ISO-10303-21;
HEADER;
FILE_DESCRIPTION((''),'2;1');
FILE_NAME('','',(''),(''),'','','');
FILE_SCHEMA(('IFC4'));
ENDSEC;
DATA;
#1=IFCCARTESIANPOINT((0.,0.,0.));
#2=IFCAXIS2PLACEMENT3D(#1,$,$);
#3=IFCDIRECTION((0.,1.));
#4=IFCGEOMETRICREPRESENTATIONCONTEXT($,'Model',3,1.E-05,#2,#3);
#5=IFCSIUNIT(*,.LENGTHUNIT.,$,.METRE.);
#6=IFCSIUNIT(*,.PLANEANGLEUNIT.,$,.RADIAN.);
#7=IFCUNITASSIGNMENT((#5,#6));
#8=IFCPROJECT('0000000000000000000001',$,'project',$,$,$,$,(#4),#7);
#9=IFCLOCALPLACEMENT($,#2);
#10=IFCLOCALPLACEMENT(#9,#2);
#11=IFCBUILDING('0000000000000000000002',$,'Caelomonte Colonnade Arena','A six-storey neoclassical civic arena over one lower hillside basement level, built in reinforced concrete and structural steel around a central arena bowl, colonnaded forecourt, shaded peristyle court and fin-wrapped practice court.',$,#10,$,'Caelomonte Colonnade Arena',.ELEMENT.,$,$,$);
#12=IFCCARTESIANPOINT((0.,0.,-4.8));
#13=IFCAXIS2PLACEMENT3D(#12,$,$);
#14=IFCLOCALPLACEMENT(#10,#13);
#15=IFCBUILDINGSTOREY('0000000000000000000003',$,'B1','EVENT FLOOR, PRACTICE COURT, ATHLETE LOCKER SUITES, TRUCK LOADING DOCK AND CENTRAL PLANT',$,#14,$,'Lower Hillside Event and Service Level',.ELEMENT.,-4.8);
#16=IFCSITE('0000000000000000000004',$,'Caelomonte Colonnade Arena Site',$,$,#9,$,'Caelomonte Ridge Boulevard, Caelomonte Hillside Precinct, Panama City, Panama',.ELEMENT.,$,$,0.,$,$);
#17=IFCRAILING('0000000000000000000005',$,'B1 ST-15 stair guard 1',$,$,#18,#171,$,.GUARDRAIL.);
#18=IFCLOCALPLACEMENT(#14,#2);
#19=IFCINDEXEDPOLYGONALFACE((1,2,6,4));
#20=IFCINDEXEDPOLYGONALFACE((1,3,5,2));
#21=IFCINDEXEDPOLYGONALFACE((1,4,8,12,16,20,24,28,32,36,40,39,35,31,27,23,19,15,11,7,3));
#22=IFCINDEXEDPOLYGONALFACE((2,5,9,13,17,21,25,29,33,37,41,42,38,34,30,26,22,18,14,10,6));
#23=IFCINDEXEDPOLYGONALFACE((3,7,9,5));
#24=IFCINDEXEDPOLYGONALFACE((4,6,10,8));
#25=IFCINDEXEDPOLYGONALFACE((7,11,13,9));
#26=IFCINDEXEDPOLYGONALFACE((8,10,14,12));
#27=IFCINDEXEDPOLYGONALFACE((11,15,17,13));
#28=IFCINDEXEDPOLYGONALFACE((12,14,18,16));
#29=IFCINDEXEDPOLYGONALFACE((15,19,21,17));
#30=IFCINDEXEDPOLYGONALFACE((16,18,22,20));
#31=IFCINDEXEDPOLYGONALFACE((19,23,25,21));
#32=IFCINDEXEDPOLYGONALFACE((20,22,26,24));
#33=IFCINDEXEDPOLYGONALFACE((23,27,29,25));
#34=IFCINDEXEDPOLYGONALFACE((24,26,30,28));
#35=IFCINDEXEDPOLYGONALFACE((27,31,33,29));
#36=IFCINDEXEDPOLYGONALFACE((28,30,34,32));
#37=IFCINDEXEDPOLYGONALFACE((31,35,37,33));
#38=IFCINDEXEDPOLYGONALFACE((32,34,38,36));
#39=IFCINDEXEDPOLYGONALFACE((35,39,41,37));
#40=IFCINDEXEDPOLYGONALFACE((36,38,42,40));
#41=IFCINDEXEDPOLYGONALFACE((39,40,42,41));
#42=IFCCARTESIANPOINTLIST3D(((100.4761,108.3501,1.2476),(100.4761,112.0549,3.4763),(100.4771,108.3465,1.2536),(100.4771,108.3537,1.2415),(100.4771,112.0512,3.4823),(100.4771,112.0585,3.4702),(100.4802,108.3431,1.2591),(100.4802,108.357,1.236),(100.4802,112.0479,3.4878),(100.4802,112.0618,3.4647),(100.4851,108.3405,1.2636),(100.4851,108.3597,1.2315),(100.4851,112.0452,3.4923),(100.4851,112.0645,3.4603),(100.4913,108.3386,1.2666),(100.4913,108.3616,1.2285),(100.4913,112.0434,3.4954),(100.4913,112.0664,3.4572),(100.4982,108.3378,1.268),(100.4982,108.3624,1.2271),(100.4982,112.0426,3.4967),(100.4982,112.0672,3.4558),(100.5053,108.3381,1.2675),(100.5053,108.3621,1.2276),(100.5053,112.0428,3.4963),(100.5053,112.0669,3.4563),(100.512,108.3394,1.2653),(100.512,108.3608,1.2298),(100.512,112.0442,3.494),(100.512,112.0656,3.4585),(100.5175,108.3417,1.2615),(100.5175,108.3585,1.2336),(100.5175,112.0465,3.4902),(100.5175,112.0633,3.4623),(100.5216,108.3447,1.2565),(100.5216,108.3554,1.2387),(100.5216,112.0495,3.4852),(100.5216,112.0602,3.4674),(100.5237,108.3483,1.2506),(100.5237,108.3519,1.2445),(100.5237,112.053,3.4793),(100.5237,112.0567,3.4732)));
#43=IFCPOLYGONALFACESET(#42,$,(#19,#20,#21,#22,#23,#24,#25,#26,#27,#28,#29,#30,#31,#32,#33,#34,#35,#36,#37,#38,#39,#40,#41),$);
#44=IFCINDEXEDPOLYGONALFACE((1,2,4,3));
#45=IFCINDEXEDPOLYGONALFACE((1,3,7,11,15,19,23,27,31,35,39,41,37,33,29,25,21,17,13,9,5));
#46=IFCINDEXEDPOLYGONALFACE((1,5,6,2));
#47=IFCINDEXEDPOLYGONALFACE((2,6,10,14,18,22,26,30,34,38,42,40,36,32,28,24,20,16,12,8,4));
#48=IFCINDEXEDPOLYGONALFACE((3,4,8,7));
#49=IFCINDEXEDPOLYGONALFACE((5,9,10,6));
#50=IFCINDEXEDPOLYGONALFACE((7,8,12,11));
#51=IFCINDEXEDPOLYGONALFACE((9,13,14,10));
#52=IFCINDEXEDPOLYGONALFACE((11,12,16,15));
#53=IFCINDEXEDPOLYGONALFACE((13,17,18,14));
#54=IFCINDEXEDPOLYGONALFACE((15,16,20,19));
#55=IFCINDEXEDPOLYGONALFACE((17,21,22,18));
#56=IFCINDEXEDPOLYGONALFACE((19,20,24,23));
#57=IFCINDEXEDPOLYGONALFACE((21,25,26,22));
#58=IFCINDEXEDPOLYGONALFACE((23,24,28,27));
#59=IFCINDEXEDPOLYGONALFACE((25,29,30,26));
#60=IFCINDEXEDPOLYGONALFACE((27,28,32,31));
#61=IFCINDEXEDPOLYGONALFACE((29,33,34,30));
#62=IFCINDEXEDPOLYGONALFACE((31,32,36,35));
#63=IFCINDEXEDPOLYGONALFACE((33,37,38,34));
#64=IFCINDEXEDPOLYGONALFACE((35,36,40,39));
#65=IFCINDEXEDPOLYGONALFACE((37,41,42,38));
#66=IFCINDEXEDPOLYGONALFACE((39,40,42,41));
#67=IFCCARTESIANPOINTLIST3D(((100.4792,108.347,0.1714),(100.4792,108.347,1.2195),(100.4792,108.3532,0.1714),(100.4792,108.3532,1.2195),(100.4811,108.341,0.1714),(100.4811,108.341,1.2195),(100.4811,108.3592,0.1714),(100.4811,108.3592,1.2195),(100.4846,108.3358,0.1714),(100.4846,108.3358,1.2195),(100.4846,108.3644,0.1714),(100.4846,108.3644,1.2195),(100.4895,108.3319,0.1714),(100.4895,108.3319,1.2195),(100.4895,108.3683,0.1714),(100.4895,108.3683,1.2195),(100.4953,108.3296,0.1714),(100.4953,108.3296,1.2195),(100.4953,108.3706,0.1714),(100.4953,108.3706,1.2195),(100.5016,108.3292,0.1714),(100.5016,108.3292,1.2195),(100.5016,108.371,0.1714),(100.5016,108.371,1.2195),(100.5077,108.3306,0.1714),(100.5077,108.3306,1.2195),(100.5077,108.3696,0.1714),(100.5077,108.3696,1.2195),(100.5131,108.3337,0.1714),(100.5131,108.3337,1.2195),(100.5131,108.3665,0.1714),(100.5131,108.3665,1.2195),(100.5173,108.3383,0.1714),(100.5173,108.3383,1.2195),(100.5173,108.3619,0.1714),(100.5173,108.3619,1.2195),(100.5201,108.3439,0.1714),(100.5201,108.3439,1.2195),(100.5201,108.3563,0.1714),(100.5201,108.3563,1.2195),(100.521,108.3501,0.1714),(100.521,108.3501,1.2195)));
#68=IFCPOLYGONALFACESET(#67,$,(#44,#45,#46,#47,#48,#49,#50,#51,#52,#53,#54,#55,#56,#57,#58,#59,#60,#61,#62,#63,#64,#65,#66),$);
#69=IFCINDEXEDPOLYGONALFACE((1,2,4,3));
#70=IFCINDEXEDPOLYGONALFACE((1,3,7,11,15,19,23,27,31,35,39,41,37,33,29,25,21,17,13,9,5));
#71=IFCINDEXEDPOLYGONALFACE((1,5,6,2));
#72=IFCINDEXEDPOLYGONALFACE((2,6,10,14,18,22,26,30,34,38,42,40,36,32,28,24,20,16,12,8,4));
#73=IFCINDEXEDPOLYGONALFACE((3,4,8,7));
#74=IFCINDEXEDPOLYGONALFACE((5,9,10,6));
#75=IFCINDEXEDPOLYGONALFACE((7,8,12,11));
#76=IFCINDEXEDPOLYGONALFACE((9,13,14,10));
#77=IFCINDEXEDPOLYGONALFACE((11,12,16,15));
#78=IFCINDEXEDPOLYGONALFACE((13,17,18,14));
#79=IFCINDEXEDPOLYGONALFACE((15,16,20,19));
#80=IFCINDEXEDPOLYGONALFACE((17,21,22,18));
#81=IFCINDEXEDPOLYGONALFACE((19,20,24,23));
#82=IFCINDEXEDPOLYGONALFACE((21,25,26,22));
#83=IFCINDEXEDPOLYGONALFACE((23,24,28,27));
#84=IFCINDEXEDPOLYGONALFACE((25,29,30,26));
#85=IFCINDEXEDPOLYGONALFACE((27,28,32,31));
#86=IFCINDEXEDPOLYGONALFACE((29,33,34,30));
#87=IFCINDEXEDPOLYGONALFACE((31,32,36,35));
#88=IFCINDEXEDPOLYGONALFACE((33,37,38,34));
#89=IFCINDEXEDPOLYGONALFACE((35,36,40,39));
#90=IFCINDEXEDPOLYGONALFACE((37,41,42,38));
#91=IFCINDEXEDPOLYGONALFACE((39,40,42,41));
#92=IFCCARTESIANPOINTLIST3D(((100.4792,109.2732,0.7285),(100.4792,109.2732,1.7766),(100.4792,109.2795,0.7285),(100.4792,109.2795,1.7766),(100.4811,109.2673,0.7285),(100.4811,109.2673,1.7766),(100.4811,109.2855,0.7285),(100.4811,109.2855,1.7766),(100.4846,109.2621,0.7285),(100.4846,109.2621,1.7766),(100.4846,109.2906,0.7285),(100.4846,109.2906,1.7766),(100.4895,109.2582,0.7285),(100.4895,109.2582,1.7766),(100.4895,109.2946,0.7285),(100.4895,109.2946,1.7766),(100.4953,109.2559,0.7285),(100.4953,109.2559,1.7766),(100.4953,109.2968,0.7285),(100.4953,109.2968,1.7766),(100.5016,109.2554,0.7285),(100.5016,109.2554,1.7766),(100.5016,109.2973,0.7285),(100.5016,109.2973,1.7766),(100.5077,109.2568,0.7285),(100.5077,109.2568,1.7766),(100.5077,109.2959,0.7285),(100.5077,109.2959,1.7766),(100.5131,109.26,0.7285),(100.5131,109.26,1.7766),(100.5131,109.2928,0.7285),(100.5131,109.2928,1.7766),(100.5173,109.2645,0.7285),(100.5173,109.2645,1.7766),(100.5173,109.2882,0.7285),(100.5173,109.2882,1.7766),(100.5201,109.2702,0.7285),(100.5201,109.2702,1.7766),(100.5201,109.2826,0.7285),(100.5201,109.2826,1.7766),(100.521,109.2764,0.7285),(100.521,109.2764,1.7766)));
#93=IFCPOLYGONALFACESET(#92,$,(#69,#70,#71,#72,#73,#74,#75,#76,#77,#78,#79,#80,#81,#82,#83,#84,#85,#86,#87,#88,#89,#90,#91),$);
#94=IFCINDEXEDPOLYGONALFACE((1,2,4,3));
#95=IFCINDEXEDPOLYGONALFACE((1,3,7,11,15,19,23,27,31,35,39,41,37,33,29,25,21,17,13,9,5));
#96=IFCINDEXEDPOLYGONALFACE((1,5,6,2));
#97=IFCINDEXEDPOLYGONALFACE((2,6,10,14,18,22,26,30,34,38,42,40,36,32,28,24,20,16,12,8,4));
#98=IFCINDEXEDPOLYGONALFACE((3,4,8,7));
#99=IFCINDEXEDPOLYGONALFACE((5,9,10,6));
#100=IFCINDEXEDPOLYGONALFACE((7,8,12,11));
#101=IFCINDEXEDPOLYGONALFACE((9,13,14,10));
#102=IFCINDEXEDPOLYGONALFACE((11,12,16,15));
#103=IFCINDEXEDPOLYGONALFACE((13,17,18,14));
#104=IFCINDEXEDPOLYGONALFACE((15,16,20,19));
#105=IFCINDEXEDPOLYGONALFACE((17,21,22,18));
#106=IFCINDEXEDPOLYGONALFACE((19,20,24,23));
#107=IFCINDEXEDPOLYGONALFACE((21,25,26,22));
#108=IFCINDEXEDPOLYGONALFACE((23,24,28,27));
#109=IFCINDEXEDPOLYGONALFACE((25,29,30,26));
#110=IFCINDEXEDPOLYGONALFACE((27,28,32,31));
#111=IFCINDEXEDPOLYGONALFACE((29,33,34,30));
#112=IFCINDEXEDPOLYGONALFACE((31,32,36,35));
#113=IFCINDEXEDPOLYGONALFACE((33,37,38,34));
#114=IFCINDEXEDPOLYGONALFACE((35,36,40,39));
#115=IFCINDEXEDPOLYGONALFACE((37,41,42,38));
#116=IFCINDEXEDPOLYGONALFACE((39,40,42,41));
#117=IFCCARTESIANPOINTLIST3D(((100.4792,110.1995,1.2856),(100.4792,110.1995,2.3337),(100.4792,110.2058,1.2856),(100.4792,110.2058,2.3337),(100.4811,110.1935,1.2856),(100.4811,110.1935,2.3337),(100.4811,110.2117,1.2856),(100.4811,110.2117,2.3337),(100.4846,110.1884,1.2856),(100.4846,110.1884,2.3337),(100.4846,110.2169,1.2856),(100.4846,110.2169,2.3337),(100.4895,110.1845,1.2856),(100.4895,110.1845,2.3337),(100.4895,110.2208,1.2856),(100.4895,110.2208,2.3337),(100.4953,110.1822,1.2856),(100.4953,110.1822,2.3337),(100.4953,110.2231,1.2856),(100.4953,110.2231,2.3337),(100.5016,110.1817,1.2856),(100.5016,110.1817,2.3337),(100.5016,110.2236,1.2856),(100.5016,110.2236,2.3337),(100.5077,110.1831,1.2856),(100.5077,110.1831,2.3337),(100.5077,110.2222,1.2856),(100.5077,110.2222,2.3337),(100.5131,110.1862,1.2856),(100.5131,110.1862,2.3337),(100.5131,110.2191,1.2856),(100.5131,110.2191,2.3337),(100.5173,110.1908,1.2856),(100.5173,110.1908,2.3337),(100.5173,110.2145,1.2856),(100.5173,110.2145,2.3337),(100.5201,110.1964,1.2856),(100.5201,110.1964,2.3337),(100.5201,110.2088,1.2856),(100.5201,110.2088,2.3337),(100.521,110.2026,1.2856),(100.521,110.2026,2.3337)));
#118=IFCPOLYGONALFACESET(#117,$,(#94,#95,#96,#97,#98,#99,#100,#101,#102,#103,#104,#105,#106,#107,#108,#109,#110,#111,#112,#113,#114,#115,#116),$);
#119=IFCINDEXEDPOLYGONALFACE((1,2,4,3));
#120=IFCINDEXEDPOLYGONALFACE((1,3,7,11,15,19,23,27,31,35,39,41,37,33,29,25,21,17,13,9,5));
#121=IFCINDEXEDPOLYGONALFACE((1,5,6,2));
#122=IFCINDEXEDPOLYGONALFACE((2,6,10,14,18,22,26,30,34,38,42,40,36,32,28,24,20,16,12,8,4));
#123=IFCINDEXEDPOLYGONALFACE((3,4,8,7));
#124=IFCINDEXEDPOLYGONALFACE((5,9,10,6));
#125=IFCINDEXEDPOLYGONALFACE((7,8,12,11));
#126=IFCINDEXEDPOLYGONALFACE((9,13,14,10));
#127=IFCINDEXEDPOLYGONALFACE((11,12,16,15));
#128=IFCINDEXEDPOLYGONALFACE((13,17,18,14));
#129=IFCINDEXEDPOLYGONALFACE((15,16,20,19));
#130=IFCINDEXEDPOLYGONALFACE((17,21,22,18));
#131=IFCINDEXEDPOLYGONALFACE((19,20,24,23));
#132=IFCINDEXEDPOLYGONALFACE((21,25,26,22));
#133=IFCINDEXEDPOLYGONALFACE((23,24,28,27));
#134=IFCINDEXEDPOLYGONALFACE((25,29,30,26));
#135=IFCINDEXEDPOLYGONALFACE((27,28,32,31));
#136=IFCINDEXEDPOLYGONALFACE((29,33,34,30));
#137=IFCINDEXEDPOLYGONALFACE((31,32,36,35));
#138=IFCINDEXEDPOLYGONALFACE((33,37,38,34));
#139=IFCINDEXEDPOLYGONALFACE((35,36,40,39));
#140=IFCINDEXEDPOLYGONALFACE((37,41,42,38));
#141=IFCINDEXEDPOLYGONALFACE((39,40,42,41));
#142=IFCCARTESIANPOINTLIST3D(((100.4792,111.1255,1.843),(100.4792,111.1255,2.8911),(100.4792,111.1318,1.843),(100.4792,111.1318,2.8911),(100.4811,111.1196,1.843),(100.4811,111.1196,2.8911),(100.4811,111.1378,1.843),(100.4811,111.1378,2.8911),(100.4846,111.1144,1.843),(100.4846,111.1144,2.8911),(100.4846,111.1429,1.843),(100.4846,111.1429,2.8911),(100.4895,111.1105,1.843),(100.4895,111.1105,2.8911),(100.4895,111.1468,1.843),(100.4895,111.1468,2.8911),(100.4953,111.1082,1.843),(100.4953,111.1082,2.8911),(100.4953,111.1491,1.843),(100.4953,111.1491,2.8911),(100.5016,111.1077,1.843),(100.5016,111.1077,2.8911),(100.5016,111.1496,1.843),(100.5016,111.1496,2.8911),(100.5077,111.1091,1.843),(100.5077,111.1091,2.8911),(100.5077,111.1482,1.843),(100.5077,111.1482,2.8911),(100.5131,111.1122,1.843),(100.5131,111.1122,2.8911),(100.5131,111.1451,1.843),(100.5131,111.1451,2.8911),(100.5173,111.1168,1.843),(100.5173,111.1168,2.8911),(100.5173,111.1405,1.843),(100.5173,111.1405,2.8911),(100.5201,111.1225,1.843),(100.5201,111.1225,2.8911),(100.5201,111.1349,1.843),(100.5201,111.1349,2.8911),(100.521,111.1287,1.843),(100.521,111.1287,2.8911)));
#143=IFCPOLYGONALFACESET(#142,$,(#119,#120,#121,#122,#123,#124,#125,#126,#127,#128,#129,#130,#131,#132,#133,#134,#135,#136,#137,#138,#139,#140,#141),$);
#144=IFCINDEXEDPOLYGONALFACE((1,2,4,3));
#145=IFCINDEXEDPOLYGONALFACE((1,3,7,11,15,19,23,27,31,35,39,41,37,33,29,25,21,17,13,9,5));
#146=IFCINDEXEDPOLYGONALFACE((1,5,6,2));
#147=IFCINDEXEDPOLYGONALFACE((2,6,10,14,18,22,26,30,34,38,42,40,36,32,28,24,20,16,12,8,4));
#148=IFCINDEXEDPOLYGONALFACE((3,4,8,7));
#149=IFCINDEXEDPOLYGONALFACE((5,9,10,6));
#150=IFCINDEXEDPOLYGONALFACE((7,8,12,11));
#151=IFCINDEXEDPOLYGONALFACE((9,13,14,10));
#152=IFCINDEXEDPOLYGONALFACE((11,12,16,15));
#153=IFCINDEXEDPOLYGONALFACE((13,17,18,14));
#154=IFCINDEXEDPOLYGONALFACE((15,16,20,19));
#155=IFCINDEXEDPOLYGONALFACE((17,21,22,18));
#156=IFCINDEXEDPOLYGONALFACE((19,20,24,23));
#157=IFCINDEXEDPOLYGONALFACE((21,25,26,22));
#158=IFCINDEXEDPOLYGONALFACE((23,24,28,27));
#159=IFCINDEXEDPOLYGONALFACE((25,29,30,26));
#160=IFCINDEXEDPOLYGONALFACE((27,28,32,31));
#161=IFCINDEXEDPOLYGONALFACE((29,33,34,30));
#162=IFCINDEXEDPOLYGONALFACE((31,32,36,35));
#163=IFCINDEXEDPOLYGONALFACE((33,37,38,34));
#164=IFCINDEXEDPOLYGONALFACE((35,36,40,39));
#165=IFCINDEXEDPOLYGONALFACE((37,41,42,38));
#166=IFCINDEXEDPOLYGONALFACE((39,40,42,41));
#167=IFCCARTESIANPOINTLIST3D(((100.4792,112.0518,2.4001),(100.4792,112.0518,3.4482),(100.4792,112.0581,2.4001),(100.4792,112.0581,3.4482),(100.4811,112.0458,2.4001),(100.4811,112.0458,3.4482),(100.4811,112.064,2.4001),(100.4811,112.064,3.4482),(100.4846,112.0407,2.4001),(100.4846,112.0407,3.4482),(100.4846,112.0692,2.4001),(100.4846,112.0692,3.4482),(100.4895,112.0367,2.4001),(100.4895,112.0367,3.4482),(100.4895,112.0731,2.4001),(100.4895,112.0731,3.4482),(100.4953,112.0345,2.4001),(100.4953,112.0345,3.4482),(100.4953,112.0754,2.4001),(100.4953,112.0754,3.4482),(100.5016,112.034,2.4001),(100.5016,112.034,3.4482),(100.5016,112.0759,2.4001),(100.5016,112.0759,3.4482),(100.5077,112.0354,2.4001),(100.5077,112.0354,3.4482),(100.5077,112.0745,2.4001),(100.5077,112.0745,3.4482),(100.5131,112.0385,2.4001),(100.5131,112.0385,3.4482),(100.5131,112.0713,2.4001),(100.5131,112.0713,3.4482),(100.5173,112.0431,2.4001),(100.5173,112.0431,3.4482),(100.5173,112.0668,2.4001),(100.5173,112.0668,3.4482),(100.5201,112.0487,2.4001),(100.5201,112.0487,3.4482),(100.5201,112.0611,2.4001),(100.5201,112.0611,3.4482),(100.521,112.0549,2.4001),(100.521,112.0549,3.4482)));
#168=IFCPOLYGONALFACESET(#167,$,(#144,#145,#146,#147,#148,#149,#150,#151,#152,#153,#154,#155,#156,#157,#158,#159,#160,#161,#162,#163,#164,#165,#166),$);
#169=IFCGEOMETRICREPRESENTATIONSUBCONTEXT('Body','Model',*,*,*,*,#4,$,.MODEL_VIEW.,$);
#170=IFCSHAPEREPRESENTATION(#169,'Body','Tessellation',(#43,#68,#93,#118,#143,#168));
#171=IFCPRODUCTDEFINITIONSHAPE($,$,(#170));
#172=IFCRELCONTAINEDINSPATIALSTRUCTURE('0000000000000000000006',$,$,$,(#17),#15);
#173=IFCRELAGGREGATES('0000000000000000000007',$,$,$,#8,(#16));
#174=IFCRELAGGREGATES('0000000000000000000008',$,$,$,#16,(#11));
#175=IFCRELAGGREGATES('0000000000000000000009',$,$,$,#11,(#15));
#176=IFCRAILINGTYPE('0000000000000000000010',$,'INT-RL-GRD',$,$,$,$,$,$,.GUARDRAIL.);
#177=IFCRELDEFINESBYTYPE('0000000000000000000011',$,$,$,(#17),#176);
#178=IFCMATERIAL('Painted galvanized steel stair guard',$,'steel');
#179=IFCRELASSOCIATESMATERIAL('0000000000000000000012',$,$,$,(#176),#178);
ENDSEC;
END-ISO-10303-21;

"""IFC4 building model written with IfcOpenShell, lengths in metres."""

from ifc_helpers import new_model, si_unit, direction, frame, origin, origin_2d, place, context, subcontext, project, spatial, circle, extrude, material, type_object, element, save


model = new_model("IFC4")

# Units and contexts
model_context = context("Model", 3, precision=1e-05, world=origin(), true_north=direction((0.0, 1.0)))
body_context = subcontext(model_context, "Body", "Model", "MODEL_VIEW")
ifc_project = project(units=[si_unit("LENGTHUNIT", "METRE"), si_unit("PLANEANGLEUNIT", "RADIAN")], contexts=[model_context])

# Site, building, storey
site_placement = place(None, origin())
site = spatial("IfcSite", under=ifc_project, at=site_placement, Name="Caelomonte Colonnade Arena Site", LongName="Caelomonte Ridge Boulevard, Caelomonte Hillside Precinct, Panama City, Panama", CompositionType="ELEMENT", RefElevation=0.0)
building_placement = place(site_placement, origin())
building = spatial("IfcBuilding", under=site, at=building_placement, Name="Caelomonte Colonnade Arena", Description="A six-storey neoclassical civic arena over one lower hillside basement level, built in reinforced concrete and structural steel around a central arena bowl, colonnaded forecourt, shaded peristyle court and fin-wrapped practice court.", LongName="Caelomonte Colonnade Arena", CompositionType="ELEMENT")
storey_placement = place(building_placement, frame((0.0, 0.0, -4.8)))
storey = spatial("IfcBuildingStorey", under=building, at=storey_placement, Name="B1", Description="EVENT FLOOR, PRACTICE COURT, ATHLETE LOCKER SUITES, TRUCK LOADING DOCK AND CENTRAL PLANT", LongName="Lower Hillside Event and Service Level", CompositionType="ELEMENT", Elevation=-4.8)

# Railing
ifc_material_1 = material(Name="Painted galvanized steel stair guard", Category="steel")
railing_type_1 = type_object("IfcRailingType", Name="INT-RL-GRD", PredefinedType="GUARDRAIL", material=ifc_material_1)
railing_1_placement = place(storey_placement, frame((100.5, 108.3501, 0.1714)))
element("IfcRailing", 1, at=railing_1_placement, inside=storey, type_object=railing_type_1, Name="B1 ST-15 stair guard 1", PredefinedType="GUARDRAIL", context=body_context, shape_type="SweptSolid", body=[
    extrude(circle(Radius=0.0239, at=origin_2d()), frame((0.0, 0.0, 1.0762), z_axis=(0.0, 0.856894, 0.515492), x_axis=(-1.0, 0.0, 0.0)), (0.0, 0.0, 1.0), 4.3235),
    extrude(circle(Radius=0.021, at=origin_2d()), origin(), (0.0, 0.0, 1.0), 1.0481),
    extrude(circle(Radius=0.021, at=origin_2d()), frame((0.0, 0.9263, 0.5571)), (0.0, 0.0, 1.0), 1.0481),
    extrude(circle(Radius=0.021, at=origin_2d()), frame((0.0, 1.8525, 1.1143)), (0.0, 0.0, 1.0), 1.0481),
    extrude(circle(Radius=0.021, at=origin_2d()), frame((0.0, 2.7786, 1.6716)), (0.0, 0.0, 1.0), 1.0481),
    extrude(circle(Radius=0.021, at=origin_2d()), frame((0.0, 3.7048, 2.2288)), (0.0, 0.0, 1.0), 1.0481),
])

save(model, "model.ifc")
